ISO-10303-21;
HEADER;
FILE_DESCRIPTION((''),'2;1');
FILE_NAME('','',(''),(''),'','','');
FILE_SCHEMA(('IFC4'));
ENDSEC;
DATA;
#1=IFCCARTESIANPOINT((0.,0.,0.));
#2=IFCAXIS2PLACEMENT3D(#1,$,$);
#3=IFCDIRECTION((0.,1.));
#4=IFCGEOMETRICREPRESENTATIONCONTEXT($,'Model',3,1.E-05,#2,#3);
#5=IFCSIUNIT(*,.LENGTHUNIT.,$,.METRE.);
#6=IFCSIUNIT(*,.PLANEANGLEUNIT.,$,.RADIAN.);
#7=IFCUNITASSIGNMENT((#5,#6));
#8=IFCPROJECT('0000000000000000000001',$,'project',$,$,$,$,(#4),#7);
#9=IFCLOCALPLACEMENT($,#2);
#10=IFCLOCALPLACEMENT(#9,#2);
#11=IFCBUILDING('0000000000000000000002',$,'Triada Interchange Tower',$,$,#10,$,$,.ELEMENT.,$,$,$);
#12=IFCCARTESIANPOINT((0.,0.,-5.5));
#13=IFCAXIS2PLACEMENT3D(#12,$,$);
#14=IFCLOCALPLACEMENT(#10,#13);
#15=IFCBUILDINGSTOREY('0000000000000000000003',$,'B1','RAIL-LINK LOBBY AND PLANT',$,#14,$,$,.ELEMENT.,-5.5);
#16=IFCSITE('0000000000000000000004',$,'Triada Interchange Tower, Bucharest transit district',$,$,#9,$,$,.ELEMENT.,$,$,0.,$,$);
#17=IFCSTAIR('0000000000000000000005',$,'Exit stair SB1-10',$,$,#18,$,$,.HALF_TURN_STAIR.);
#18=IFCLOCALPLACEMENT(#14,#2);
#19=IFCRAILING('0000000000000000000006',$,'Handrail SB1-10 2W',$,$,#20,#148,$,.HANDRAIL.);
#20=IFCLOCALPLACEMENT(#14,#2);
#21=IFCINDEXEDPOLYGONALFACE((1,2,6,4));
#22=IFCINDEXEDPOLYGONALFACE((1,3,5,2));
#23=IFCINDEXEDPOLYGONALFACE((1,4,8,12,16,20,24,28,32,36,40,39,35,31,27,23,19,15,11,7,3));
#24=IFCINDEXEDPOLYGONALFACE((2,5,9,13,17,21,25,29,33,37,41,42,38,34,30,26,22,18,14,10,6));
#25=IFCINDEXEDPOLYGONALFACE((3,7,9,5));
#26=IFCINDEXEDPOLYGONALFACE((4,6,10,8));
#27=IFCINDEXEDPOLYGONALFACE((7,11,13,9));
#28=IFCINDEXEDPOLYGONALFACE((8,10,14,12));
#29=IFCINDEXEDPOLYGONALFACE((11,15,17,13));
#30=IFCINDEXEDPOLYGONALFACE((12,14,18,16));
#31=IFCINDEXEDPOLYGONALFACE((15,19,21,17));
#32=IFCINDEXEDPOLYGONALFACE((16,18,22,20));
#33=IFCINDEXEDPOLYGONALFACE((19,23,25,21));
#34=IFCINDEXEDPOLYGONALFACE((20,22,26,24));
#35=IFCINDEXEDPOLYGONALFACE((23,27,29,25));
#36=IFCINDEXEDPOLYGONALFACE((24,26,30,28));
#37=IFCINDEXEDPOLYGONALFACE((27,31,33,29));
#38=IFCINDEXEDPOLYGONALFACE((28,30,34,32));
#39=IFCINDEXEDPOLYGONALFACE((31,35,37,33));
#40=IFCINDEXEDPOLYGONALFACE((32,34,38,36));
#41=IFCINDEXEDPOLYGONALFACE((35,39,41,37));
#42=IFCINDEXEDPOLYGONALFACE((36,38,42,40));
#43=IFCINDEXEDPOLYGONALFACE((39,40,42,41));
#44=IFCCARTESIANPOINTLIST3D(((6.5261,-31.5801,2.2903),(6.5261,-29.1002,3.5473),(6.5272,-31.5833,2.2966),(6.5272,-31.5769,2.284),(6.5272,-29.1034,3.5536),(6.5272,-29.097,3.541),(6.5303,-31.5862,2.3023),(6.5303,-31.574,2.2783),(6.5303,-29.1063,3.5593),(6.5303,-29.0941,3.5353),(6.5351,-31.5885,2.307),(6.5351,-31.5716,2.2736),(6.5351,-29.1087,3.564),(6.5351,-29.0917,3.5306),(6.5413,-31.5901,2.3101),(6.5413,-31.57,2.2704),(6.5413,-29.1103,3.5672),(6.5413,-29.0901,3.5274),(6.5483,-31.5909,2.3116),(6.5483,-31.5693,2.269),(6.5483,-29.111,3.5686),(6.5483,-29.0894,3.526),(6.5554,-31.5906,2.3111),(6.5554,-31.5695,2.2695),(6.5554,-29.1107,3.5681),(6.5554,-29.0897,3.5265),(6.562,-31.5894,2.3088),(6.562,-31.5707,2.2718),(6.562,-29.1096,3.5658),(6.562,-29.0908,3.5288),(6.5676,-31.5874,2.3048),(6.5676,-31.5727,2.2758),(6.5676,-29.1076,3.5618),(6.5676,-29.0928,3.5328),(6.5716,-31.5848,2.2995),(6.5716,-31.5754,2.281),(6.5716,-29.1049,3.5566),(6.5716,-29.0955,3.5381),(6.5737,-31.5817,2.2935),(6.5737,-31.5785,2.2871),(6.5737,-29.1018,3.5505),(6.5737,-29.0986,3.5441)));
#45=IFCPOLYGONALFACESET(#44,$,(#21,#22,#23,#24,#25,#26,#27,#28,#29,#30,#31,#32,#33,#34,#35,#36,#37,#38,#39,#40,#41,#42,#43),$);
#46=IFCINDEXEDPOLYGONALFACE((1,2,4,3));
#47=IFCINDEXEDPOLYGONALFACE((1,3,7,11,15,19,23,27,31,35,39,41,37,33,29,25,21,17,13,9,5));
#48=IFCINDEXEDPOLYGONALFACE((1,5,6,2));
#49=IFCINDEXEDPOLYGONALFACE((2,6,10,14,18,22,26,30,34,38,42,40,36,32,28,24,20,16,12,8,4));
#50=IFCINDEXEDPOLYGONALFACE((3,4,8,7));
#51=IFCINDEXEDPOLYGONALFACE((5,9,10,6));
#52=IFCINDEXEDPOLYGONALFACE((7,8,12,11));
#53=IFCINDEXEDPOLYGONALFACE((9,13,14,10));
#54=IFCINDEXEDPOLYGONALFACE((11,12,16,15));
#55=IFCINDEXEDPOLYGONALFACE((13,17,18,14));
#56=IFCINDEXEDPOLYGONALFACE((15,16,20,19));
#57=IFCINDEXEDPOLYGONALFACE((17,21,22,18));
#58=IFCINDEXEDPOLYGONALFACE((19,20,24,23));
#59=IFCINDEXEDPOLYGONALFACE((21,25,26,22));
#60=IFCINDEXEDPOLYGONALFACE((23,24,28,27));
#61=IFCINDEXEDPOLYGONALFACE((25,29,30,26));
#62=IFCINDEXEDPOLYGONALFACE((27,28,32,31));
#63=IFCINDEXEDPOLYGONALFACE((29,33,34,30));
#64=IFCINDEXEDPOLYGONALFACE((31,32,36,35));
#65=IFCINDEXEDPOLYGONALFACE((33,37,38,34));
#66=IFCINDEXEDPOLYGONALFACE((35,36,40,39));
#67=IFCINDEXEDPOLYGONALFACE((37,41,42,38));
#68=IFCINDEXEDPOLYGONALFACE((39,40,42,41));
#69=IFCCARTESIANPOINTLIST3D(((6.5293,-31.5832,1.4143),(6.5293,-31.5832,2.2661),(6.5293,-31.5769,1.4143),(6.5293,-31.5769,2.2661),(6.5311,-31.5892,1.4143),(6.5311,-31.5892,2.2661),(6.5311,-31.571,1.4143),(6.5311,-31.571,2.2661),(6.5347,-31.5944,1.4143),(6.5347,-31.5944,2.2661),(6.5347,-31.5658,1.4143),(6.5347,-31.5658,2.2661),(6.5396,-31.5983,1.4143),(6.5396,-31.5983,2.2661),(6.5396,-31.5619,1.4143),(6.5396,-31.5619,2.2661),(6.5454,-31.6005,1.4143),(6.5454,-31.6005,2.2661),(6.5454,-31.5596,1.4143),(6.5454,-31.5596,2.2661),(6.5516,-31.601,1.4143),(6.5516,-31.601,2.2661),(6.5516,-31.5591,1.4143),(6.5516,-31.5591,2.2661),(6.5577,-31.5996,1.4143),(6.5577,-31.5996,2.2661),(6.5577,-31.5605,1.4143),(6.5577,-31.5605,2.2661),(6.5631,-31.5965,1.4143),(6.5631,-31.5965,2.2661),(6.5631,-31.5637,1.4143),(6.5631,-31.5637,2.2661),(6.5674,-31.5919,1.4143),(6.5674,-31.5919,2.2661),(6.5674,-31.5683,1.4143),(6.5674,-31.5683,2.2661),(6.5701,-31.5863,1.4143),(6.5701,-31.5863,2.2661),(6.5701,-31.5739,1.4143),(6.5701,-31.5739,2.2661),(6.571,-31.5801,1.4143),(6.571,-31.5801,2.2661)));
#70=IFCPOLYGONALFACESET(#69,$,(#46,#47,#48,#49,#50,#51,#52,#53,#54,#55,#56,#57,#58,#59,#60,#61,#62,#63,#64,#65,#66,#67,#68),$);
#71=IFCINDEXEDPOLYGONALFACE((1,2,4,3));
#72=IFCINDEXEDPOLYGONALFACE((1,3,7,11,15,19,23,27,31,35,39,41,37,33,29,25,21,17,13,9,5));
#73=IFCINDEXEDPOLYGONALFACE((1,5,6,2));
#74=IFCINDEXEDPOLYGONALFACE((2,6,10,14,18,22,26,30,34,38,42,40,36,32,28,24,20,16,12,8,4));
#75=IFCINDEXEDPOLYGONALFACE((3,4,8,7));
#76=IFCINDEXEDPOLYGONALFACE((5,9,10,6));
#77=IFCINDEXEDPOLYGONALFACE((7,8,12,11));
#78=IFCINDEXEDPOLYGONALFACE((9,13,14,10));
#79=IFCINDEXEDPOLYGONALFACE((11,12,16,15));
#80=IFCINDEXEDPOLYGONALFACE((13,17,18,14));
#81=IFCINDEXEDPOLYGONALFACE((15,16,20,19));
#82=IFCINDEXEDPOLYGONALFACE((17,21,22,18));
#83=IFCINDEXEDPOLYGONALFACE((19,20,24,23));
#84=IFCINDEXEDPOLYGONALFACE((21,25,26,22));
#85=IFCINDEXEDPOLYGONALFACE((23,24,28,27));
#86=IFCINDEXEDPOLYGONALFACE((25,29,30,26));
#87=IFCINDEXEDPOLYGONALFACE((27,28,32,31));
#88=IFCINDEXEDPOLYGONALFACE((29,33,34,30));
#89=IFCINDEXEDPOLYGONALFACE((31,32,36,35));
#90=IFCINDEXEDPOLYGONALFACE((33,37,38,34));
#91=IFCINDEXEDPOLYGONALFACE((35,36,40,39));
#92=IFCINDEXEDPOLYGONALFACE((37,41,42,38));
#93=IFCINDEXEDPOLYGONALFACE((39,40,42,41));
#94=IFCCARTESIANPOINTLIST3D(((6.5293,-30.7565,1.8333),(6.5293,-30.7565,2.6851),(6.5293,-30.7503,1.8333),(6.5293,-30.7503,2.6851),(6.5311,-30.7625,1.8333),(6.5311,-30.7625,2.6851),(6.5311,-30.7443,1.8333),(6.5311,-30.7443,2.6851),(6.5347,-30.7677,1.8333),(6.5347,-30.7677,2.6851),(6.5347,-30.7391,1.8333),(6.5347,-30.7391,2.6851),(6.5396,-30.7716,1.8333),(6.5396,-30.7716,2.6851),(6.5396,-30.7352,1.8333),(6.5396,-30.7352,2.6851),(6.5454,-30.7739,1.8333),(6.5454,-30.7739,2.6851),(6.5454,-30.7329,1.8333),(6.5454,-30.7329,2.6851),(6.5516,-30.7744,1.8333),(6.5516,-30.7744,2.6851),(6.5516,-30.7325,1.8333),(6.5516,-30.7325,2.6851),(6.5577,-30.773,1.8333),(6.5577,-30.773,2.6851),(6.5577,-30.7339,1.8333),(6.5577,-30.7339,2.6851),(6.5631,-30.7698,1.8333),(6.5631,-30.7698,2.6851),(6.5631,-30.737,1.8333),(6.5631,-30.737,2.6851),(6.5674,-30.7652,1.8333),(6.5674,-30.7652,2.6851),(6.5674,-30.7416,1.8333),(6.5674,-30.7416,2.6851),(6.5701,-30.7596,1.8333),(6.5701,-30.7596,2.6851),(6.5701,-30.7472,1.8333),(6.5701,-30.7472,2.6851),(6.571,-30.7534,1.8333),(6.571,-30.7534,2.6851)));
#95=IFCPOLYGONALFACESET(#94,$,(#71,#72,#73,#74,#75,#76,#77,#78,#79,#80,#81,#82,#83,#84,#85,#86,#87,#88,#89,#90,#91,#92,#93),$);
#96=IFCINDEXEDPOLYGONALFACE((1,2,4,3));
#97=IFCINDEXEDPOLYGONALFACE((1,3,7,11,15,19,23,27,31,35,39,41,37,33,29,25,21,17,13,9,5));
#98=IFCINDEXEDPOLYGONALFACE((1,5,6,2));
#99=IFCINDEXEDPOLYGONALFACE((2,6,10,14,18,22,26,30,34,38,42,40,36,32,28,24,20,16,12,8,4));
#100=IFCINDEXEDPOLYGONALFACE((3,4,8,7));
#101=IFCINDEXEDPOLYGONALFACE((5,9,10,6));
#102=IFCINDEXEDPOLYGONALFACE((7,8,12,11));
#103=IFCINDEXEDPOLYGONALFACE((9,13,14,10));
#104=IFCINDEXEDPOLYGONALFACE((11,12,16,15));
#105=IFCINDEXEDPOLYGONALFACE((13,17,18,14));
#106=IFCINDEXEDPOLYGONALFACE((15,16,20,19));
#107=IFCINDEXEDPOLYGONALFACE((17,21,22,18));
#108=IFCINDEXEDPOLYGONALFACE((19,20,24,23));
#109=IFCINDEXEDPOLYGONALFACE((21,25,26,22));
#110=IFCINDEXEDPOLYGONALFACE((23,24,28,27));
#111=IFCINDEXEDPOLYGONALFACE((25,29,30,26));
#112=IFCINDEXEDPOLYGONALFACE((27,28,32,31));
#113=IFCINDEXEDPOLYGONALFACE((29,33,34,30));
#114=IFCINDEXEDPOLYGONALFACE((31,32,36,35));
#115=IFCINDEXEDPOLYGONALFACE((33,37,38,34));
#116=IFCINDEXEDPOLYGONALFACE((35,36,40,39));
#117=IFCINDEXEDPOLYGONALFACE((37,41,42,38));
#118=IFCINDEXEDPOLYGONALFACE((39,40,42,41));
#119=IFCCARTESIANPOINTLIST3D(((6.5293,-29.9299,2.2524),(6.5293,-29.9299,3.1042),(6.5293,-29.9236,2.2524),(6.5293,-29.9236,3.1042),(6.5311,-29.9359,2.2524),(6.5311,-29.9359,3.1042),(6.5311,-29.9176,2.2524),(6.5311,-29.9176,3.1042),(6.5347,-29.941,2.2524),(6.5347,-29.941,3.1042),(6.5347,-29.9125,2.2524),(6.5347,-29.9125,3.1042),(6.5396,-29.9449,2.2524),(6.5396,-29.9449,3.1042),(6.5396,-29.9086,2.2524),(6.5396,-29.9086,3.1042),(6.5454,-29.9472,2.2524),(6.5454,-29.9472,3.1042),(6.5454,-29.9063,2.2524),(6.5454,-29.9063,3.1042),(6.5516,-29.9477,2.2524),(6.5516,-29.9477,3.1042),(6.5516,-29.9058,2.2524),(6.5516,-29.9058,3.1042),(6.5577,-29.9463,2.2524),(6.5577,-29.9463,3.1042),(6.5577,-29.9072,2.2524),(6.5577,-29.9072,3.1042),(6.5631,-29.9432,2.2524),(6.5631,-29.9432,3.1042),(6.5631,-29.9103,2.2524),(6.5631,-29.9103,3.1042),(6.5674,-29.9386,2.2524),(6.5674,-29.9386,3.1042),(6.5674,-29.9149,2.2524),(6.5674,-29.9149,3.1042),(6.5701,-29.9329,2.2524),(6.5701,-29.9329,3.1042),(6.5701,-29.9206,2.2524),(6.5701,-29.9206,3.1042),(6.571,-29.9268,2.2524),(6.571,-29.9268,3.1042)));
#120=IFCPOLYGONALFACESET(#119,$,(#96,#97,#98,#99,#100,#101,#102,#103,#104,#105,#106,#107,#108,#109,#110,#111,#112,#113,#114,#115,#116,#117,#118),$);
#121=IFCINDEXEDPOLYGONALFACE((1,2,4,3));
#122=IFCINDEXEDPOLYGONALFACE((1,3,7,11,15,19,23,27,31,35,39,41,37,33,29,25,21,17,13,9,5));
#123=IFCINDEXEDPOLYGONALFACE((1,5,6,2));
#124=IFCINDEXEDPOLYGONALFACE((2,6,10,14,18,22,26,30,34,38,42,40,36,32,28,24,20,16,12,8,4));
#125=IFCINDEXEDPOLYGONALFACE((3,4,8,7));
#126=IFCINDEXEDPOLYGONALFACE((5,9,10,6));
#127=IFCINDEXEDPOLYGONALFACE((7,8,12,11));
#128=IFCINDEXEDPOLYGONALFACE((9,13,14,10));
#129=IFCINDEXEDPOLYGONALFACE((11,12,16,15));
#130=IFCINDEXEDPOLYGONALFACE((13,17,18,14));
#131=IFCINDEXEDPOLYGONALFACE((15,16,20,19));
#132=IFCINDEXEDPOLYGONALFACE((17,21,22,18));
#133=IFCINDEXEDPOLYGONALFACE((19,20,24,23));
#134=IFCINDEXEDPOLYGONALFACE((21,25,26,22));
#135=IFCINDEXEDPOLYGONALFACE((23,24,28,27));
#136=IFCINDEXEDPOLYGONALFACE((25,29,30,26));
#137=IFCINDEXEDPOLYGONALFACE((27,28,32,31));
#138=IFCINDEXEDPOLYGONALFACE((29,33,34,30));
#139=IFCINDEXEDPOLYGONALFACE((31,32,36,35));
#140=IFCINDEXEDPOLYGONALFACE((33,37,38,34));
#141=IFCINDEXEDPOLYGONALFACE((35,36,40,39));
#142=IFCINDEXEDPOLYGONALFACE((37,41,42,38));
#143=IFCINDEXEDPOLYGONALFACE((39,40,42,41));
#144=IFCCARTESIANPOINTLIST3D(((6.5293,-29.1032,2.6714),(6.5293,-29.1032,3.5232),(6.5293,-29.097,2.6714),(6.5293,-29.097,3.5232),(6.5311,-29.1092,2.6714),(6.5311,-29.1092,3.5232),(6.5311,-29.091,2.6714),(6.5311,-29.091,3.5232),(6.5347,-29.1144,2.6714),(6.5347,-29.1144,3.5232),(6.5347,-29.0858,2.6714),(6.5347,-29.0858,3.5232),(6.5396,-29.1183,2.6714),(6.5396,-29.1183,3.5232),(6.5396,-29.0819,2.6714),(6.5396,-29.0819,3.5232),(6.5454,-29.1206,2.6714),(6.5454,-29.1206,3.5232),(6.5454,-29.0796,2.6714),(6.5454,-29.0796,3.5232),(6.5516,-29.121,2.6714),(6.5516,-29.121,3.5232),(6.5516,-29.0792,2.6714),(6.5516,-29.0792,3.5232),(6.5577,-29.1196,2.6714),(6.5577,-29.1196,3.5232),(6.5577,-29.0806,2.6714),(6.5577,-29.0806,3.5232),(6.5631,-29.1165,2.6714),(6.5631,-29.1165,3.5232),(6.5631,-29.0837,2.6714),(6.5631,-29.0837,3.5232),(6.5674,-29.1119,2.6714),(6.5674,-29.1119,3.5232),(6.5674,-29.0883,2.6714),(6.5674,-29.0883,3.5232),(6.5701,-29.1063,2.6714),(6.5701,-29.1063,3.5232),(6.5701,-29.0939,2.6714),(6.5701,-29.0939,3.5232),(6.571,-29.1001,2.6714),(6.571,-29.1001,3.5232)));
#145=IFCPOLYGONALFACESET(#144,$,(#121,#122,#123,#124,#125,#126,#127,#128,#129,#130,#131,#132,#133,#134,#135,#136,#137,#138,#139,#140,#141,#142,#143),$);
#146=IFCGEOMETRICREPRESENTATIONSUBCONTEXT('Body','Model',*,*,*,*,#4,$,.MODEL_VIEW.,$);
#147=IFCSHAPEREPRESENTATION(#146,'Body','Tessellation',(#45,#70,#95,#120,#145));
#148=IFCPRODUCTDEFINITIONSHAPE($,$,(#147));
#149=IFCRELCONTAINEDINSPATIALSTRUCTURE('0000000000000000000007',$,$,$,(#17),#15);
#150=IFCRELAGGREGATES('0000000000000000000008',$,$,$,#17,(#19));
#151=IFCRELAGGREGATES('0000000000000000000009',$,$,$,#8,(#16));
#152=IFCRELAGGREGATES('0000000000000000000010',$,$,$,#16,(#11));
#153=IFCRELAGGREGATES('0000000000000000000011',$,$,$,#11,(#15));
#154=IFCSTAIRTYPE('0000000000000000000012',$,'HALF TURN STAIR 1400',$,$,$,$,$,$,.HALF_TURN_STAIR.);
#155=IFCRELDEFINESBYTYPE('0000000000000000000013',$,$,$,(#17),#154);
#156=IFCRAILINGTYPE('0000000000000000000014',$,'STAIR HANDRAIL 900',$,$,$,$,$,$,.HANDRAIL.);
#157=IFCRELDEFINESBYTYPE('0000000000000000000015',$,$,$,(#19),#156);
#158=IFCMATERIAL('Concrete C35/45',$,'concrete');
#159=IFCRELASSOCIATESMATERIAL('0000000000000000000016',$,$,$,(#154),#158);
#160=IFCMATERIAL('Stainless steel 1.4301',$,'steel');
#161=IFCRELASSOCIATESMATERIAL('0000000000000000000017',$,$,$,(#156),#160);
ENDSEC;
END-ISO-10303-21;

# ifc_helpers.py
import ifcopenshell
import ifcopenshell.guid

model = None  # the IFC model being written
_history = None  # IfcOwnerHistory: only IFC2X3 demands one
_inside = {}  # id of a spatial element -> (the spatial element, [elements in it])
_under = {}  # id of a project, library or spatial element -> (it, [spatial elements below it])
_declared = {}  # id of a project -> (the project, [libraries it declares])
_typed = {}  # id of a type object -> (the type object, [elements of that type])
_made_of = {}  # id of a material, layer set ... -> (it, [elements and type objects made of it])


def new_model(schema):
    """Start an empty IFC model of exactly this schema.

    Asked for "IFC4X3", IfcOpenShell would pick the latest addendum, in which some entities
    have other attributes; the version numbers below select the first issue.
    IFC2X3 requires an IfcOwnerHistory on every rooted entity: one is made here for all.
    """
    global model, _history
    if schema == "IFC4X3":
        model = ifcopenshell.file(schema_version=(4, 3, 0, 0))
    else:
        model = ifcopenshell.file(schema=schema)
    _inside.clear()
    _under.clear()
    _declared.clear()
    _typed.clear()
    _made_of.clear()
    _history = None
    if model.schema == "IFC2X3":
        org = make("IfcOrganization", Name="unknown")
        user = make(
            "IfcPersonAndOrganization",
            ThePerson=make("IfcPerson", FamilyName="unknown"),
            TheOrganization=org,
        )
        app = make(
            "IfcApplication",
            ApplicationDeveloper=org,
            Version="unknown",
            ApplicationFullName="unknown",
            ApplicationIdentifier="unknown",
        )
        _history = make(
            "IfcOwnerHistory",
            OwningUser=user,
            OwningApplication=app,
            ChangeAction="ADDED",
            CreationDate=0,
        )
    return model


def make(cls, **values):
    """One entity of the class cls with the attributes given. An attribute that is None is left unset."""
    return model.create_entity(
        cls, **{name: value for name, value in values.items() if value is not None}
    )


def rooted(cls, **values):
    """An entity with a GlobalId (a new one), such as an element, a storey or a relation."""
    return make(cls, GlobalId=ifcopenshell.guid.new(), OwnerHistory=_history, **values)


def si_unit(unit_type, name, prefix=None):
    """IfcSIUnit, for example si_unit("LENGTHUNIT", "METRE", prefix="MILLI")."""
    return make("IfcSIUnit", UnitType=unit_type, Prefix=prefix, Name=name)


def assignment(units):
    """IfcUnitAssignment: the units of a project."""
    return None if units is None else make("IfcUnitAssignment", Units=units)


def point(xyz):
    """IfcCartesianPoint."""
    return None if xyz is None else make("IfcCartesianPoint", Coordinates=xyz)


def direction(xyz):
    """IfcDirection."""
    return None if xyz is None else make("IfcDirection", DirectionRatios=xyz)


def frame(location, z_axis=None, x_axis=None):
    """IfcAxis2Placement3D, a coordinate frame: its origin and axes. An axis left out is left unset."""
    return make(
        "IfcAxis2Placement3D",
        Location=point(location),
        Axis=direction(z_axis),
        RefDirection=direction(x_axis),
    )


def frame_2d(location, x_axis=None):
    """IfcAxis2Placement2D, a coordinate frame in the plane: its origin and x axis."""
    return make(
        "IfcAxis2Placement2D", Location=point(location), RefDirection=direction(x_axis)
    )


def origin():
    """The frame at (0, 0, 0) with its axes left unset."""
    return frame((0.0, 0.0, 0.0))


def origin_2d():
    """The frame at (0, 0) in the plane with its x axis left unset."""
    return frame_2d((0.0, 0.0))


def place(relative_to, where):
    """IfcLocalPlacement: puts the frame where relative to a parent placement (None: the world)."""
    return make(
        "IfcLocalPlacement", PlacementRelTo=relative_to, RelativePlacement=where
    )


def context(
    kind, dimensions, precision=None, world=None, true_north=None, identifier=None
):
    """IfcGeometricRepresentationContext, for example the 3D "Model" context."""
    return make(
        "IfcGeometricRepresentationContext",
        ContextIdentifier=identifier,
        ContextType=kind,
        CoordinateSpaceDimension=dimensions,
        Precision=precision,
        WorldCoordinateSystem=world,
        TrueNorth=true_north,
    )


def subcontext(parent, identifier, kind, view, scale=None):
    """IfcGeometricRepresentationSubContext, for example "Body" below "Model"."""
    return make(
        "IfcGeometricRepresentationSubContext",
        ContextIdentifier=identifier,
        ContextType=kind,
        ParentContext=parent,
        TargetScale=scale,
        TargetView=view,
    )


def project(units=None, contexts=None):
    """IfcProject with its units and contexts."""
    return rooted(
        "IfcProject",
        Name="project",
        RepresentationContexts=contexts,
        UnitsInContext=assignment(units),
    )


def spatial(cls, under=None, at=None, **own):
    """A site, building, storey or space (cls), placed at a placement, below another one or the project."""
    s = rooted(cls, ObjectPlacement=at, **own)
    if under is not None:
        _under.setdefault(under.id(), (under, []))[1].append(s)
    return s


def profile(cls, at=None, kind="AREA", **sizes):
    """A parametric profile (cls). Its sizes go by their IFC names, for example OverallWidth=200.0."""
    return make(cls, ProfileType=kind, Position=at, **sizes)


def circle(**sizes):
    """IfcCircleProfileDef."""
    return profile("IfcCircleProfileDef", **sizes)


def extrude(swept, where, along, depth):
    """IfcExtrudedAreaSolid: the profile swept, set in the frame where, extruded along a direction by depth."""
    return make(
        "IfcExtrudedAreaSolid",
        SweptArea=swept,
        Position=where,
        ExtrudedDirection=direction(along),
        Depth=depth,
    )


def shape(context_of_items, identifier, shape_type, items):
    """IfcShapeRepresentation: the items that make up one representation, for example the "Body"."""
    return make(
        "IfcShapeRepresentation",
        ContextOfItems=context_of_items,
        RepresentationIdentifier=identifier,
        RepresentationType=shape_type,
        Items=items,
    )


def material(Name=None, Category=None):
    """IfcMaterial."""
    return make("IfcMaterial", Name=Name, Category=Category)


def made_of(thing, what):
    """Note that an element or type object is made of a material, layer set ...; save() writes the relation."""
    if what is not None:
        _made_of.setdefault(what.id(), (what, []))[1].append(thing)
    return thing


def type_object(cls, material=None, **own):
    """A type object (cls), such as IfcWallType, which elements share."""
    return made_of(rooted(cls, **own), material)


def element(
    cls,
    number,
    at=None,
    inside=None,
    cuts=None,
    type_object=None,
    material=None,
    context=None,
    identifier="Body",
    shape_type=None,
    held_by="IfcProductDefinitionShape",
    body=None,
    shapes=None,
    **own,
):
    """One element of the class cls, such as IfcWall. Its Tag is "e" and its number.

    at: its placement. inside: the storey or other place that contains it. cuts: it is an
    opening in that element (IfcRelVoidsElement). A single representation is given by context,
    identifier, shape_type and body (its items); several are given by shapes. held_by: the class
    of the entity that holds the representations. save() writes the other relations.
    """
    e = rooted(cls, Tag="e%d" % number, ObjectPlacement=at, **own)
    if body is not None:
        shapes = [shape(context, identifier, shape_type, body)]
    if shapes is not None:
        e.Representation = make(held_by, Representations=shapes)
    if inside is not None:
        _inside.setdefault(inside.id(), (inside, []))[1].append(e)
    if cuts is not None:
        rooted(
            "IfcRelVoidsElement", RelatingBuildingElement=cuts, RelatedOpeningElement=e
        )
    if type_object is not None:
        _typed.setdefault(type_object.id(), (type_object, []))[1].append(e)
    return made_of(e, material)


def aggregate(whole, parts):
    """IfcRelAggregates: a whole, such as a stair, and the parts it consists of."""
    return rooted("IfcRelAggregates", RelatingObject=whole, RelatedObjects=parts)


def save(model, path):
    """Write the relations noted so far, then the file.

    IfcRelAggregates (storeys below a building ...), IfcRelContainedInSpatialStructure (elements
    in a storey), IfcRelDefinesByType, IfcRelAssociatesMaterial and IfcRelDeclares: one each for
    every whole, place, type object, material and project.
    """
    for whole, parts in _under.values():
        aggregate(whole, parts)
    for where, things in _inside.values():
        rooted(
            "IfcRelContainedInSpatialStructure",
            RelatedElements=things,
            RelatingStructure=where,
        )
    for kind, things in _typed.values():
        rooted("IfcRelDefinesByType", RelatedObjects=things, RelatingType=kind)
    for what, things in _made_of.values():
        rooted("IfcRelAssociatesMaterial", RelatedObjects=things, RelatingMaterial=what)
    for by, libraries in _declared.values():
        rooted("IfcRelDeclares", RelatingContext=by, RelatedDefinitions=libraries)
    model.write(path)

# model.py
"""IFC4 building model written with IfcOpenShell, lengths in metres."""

from ifc_helpers import new_model, si_unit, direction, frame, origin, origin_2d, place, context, subcontext, project, spatial, circle, extrude, material, type_object, element, aggregate, save


model = new_model("IFC4")

# Units and contexts
model_context = context("Model", 3, precision=1e-05, world=origin(), true_north=direction((0.0, 1.0)))
body_context = subcontext(model_context, "Body", "Model", "MODEL_VIEW")
ifc_project = project(units=[si_unit("LENGTHUNIT", "METRE"), si_unit("PLANEANGLEUNIT", "RADIAN")], contexts=[model_context])

# Site, building, storey
site_placement = place(None, origin())
site = spatial("IfcSite", under=ifc_project, at=site_placement, Name="Triada Interchange Tower, Bucharest transit district", CompositionType="ELEMENT", RefElevation=0.0)
building_placement = place(site_placement, origin())
building = spatial("IfcBuilding", under=site, at=building_placement, Name="Triada Interchange Tower", CompositionType="ELEMENT")
storey_placement = place(building_placement, frame((0.0, 0.0, -5.5)))
storey = spatial("IfcBuildingStorey", under=building, at=storey_placement, Name="B1", Description="RAIL-LINK LOBBY AND PLANT", CompositionType="ELEMENT", Elevation=-5.5)

# Shared definitions
ifc_material_1 = material(Name="Concrete C35/45", Category="concrete")

# Stair
stair_type = type_object("IfcStairType", Name="HALF TURN STAIR 1400", PredefinedType="HALF_TURN_STAIR", material=ifc_material_1)
stair_1_placement = place(storey_placement, origin())
stair_1 = element("IfcStair", 1, at=stair_1_placement, inside=storey, type_object=stair_type, Name="Exit stair SB1-10", PredefinedType="HALF_TURN_STAIR")

# Railing
ifc_material_2 = material(Name="Stainless steel 1.4301", Category="steel")
railing_type_1 = type_object("IfcRailingType", Name="STAIR HANDRAIL 900", PredefinedType="HANDRAIL", material=ifc_material_2)
railing_1_placement = place(storey_placement, frame((6.55, -31.5801, 1.4143)))
railing_1 = element("IfcRailing", 2, at=railing_1_placement, type_object=railing_type_1, Name="Handrail SB1-10 2W", PredefinedType="HANDRAIL", context=body_context, shape_type="SweptSolid", body=[
    extrude(circle(Radius=0.0239, at=origin_2d()), frame((0.0, 0.0, 0.876), z_axis=(0.0, 0.891955, 0.452124), x_axis=(-1.0, 0.0, 0.0)), (0.0, 0.0, 1.0), 2.7803),
    extrude(circle(Radius=0.021, at=origin_2d()), origin(), (0.0, 0.0, 1.0), 0.8518),
    extrude(circle(Radius=0.021, at=origin_2d()), frame((0.0, 0.8267, 0.4189)), (0.0, 0.0, 1.0), 0.8518),
    extrude(circle(Radius=0.021, at=origin_2d()), frame((0.0, 1.6533, 0.8381)), (0.0, 0.0, 1.0), 0.8518),
    extrude(circle(Radius=0.021, at=origin_2d()), frame((0.0, 2.48, 1.2571)), (0.0, 0.0, 1.0), 0.8518),
])
aggregate(stair_1, [railing_1])

save(model, "model.ifc")
